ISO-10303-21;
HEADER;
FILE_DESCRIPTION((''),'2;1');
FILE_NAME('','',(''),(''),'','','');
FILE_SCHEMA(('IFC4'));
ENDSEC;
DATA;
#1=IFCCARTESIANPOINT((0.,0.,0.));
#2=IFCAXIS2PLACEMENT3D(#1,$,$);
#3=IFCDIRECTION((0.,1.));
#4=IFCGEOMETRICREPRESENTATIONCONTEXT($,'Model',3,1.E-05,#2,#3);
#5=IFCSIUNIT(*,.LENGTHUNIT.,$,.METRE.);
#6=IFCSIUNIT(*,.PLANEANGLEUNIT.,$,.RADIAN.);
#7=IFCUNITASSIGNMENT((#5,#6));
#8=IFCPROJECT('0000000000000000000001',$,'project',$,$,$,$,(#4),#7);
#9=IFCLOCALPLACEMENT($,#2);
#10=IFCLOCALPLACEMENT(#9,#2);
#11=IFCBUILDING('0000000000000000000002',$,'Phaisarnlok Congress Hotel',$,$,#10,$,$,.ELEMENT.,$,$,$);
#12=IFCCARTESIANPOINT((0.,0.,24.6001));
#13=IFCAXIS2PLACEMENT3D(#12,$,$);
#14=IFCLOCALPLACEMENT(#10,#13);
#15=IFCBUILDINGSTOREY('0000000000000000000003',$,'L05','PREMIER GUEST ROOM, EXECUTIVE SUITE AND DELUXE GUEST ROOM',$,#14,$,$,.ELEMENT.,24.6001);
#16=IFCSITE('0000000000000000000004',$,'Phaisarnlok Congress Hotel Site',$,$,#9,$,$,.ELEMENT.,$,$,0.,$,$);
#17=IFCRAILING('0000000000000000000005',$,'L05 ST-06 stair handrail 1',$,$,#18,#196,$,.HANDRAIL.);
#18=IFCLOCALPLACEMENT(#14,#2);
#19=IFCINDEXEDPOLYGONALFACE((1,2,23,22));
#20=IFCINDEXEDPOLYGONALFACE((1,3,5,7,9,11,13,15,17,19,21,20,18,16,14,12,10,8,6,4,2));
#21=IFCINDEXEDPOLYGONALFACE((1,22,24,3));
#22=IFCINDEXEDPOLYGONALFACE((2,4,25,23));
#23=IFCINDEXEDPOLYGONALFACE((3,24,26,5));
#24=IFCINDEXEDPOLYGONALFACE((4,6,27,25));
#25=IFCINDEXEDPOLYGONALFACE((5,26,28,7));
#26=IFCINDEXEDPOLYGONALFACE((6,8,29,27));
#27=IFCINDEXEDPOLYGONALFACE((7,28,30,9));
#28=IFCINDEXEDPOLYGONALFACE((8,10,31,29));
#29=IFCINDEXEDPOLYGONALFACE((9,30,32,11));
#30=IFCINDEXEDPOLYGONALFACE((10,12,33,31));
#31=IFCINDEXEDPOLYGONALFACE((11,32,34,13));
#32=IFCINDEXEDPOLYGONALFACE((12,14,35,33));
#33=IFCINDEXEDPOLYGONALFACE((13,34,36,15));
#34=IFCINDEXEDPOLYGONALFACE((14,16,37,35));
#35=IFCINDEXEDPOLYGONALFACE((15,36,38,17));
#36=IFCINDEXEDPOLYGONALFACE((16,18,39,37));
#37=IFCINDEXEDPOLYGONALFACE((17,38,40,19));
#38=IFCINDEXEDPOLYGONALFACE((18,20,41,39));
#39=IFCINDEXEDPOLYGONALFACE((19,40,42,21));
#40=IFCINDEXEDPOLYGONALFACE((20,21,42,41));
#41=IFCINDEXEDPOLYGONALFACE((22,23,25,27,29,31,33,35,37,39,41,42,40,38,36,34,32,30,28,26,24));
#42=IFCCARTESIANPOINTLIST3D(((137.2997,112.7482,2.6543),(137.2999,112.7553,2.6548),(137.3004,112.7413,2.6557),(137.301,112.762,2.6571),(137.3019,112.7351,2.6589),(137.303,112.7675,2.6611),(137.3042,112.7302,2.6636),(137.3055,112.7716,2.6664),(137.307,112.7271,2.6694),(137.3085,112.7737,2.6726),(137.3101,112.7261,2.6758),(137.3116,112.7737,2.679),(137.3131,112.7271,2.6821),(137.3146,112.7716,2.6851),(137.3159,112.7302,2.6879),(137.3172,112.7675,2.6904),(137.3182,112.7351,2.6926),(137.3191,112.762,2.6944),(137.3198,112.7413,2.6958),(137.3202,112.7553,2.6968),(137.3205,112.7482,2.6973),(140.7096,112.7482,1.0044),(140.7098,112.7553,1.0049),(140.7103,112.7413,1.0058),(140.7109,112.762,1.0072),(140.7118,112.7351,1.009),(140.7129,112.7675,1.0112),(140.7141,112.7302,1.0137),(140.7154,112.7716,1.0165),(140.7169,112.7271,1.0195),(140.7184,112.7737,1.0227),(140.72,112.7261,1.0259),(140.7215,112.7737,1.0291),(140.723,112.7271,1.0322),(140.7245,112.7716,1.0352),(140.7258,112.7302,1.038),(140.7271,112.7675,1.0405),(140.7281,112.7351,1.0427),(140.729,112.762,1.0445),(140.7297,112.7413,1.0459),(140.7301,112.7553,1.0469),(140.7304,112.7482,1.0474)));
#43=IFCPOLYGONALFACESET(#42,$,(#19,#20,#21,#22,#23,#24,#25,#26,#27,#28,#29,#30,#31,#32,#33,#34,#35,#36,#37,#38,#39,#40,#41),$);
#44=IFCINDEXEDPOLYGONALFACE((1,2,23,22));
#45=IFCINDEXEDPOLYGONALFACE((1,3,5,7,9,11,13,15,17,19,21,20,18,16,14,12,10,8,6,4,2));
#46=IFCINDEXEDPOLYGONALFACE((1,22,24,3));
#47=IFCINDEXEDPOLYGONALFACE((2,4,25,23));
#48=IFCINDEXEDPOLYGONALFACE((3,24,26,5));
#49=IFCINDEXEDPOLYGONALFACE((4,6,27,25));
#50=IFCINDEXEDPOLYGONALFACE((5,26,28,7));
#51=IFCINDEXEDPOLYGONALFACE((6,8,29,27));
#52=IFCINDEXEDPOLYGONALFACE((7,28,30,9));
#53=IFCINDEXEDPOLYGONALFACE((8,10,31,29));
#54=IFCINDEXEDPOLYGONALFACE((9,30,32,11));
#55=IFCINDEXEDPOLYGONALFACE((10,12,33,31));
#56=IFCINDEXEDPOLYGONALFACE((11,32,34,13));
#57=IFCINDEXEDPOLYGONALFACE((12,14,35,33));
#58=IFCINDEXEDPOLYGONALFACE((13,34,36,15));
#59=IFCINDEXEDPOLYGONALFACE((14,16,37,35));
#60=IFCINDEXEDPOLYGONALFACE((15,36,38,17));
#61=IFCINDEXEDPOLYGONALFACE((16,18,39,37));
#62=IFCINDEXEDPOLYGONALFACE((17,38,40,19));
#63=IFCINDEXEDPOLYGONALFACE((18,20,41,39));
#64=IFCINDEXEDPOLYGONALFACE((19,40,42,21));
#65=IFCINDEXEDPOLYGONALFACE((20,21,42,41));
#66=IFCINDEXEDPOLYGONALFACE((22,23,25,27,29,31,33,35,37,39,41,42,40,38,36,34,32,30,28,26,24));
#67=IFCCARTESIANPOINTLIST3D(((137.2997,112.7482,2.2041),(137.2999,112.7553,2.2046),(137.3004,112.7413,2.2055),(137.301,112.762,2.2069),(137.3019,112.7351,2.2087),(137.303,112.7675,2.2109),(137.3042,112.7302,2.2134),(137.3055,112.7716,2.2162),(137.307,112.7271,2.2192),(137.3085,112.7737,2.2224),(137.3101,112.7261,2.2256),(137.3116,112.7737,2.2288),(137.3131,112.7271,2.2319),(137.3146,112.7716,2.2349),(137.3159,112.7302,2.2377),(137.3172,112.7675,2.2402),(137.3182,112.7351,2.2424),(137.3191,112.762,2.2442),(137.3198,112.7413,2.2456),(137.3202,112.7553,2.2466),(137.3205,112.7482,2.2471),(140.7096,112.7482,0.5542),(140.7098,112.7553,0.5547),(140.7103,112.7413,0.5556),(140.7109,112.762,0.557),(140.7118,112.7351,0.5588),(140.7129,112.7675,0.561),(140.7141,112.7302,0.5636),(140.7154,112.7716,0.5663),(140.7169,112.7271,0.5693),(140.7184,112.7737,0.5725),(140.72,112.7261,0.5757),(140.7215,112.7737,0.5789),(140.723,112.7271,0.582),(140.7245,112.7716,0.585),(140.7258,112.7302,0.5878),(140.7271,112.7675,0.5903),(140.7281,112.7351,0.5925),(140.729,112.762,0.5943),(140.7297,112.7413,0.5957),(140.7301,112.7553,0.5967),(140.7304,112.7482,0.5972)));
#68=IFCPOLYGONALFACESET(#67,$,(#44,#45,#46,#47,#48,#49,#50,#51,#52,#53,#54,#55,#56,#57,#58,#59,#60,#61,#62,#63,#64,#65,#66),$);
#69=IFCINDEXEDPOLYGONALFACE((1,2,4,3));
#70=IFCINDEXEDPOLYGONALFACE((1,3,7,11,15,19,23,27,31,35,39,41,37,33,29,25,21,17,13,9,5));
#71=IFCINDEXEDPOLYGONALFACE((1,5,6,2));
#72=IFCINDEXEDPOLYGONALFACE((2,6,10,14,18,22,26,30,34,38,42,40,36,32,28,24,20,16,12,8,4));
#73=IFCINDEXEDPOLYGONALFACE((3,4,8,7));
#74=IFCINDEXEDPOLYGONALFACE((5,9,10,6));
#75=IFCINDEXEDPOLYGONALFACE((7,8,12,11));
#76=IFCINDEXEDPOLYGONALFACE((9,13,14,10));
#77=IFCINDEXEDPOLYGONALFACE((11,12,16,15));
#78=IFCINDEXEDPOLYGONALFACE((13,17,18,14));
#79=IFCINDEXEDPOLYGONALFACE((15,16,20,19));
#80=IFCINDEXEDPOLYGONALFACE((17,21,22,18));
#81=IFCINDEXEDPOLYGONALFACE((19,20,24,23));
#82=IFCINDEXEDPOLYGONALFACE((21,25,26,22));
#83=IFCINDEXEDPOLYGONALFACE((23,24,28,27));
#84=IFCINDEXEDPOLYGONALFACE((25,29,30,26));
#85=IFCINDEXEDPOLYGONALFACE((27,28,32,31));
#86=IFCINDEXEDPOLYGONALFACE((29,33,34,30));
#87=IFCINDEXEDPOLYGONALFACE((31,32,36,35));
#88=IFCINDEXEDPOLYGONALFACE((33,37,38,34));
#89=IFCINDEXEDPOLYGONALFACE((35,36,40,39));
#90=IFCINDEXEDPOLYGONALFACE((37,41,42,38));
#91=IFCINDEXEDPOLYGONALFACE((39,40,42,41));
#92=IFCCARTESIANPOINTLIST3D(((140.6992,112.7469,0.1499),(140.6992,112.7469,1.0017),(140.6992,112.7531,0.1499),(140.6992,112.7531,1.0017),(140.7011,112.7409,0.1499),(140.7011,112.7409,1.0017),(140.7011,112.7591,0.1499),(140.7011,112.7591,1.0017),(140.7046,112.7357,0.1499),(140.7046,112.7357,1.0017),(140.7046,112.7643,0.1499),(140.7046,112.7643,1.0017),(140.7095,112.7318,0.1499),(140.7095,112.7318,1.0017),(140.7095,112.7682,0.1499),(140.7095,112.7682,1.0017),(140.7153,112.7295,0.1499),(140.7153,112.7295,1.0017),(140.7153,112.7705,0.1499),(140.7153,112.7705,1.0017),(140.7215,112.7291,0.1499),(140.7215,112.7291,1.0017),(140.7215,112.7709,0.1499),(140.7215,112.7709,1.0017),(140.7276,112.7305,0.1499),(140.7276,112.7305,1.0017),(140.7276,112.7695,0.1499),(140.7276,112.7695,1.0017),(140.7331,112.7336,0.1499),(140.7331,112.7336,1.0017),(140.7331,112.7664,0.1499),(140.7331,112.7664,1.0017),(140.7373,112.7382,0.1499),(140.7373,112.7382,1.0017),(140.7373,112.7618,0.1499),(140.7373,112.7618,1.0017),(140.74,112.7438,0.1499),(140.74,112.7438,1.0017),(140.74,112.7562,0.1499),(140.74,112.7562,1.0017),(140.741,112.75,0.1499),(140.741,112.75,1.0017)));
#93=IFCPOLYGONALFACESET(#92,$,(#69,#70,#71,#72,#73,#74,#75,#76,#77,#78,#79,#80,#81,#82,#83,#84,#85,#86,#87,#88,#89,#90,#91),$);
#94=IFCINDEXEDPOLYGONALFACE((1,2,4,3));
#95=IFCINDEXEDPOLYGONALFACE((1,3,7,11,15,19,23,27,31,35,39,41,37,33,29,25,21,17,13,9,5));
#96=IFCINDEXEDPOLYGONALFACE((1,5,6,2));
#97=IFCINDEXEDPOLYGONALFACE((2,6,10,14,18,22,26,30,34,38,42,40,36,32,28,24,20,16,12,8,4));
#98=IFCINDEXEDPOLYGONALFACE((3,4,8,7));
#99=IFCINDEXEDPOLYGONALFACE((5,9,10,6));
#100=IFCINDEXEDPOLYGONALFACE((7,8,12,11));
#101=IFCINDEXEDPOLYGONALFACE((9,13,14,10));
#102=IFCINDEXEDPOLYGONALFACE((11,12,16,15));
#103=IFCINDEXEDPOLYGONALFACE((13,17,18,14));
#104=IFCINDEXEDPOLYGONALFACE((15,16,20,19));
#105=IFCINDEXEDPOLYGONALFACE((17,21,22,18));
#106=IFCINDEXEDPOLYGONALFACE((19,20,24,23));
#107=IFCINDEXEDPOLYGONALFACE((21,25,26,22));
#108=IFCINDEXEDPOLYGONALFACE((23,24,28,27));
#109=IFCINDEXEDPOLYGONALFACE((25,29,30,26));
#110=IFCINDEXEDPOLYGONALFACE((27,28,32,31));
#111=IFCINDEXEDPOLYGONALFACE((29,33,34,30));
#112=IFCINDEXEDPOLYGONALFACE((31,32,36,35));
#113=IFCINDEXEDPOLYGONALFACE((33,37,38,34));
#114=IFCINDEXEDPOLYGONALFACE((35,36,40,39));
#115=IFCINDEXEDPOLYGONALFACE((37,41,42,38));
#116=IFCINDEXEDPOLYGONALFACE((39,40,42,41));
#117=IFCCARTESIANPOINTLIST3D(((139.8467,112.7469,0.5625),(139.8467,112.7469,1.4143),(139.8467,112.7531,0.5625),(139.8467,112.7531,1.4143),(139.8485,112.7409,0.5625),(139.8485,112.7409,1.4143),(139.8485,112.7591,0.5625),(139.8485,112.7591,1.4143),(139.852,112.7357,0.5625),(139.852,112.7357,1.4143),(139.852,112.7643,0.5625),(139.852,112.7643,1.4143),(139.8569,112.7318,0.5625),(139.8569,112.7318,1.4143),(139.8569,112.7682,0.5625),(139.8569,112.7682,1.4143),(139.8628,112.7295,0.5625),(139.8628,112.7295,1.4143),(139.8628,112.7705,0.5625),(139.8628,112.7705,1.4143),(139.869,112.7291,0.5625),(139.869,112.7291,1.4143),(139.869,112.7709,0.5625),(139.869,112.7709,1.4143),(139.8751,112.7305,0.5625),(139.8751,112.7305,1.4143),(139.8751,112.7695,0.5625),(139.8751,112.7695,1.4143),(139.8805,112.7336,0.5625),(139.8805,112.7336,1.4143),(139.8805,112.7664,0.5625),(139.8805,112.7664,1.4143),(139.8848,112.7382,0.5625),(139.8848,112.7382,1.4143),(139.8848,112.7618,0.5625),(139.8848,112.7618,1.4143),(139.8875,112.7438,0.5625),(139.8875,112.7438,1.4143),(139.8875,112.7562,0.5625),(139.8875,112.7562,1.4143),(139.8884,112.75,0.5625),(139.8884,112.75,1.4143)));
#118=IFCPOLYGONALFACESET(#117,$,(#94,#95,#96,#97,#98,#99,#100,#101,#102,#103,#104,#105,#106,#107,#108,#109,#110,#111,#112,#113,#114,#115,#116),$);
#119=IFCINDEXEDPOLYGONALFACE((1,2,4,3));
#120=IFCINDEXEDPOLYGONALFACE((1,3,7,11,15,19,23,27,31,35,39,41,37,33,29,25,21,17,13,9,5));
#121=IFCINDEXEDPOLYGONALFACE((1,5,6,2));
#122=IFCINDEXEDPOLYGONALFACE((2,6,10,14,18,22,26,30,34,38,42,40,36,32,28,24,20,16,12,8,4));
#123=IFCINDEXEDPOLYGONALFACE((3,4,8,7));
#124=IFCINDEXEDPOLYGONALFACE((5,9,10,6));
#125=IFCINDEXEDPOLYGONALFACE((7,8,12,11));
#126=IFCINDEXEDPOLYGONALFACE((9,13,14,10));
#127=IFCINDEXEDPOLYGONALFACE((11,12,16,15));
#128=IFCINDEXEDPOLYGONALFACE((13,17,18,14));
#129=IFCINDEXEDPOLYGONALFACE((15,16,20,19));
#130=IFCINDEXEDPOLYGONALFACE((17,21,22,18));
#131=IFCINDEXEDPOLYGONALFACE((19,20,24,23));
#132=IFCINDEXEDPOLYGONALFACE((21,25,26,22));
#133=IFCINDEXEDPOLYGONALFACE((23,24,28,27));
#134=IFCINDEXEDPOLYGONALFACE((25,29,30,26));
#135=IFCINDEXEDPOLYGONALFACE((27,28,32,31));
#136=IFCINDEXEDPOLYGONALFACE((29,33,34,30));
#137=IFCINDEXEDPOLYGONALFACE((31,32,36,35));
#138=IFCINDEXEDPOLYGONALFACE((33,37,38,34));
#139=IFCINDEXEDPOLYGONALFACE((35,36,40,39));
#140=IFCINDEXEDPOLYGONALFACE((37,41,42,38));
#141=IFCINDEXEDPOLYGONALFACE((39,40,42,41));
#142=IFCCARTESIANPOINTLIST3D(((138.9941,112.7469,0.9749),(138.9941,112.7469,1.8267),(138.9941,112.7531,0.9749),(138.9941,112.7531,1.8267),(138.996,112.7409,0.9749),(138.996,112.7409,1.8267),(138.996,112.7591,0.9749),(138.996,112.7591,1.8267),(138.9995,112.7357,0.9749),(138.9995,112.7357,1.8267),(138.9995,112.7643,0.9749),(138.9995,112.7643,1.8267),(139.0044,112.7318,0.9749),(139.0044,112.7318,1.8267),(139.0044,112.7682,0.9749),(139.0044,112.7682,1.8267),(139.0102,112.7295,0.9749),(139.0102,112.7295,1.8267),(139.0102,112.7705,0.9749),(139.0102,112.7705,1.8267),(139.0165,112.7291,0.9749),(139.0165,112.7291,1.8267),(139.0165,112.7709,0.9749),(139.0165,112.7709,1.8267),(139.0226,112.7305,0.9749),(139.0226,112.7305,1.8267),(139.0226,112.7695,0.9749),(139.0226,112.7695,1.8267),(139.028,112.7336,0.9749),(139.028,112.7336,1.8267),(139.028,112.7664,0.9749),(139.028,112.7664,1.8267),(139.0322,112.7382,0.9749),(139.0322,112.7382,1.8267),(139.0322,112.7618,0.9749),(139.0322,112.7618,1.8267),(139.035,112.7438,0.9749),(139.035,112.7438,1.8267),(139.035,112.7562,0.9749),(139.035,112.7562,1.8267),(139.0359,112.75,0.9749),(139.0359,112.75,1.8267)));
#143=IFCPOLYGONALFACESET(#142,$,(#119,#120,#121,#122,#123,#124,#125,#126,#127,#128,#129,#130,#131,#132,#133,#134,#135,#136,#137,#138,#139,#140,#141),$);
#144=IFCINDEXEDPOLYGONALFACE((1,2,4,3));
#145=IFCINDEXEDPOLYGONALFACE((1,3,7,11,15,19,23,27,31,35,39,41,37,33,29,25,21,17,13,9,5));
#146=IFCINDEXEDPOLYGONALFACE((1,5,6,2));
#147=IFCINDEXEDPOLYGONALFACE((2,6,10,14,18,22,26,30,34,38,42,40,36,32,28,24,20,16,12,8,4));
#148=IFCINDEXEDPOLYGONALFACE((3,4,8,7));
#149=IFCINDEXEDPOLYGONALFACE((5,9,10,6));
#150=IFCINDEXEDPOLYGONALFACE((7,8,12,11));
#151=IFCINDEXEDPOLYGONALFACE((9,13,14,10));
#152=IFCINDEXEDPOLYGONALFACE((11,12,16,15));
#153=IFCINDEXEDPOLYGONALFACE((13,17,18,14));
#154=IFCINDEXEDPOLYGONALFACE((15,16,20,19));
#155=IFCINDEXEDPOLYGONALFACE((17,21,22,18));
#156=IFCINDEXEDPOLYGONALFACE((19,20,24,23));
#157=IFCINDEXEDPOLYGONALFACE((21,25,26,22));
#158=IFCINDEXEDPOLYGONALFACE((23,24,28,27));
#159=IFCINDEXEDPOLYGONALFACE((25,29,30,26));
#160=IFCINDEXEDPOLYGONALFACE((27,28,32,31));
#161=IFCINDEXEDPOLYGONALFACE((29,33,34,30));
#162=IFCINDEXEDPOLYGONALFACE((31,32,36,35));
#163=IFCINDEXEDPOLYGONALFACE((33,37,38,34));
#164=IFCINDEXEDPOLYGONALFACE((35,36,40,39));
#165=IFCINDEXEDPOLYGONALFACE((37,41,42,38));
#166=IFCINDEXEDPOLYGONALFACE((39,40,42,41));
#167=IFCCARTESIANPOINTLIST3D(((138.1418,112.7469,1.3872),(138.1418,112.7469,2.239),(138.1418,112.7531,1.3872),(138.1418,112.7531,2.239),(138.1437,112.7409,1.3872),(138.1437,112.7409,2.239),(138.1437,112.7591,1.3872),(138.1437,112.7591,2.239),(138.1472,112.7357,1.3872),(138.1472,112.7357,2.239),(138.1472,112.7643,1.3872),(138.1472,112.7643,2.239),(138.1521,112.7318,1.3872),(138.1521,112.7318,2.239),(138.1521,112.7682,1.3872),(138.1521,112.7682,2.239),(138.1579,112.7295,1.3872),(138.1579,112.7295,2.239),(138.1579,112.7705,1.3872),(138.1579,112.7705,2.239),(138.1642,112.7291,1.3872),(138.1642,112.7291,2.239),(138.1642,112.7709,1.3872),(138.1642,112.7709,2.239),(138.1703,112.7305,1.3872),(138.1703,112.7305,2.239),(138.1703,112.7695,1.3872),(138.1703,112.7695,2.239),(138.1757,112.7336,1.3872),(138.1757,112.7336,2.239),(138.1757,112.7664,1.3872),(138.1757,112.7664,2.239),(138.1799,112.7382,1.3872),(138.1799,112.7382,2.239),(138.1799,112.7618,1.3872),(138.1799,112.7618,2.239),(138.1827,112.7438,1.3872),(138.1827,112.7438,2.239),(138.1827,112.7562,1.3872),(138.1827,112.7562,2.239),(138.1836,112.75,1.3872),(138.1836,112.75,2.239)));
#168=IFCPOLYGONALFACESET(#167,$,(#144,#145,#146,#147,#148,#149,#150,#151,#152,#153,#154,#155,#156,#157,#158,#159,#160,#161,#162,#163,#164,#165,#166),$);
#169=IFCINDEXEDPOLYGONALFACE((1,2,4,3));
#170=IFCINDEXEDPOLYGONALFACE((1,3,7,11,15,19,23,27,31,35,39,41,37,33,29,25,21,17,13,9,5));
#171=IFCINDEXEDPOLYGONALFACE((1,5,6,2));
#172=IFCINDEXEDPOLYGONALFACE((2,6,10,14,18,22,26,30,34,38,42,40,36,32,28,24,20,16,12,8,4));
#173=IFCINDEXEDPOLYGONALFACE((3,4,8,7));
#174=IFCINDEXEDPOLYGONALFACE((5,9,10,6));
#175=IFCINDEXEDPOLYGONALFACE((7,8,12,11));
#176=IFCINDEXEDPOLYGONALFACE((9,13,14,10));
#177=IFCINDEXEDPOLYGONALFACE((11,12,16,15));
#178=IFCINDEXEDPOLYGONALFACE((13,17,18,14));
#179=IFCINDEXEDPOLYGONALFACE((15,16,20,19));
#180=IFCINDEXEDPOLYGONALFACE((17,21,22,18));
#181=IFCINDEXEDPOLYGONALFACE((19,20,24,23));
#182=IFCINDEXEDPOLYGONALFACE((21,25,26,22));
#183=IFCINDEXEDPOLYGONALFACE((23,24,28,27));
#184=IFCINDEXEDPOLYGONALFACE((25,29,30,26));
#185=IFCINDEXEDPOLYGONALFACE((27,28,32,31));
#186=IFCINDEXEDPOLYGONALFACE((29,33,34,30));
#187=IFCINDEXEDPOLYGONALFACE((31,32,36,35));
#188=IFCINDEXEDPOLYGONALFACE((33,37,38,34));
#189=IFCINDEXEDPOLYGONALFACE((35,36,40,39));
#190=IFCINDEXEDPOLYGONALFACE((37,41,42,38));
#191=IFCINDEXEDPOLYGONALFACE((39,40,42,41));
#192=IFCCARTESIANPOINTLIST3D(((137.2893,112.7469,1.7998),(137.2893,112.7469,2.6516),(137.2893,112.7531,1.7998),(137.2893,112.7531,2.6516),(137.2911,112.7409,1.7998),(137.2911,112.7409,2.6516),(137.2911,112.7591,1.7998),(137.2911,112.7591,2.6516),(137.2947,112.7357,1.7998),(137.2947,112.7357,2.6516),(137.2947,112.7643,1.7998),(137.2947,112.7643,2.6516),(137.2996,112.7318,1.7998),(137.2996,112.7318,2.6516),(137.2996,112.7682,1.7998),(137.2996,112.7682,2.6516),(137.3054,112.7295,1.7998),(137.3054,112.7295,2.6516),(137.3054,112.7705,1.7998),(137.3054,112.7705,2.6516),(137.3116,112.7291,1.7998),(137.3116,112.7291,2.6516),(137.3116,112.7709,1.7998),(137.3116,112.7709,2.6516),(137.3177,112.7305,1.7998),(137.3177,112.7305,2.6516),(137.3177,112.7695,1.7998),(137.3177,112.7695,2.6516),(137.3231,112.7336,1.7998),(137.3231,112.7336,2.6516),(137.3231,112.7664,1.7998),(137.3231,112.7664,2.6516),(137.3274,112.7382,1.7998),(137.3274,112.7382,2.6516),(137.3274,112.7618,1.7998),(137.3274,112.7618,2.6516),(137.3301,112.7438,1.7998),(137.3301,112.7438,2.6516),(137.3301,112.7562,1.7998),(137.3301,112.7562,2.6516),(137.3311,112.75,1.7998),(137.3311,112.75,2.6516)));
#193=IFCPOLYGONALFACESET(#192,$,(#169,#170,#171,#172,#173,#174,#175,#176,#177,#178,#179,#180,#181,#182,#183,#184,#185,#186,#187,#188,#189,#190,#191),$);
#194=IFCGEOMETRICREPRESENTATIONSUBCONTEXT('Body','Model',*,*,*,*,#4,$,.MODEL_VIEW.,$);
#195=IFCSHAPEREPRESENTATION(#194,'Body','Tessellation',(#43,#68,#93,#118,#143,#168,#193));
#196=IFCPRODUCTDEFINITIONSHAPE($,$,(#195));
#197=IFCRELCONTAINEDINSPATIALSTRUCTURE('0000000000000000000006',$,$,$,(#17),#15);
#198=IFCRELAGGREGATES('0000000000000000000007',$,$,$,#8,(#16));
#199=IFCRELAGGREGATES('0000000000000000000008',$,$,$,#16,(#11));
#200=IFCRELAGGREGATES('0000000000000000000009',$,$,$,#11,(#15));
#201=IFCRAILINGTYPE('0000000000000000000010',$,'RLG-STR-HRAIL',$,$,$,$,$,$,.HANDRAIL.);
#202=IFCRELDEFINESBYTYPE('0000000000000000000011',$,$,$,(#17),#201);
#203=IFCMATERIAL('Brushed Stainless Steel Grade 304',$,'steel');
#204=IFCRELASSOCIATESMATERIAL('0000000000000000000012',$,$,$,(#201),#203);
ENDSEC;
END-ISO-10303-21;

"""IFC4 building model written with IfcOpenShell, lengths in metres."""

from ifc_helpers import new_model, si_unit, direction, frame, origin, origin_2d, place, context, subcontext, project, spatial, circle, extrude, material, type_object, element, save


model = new_model("IFC4")

# Units and contexts
model_context = context("Model", 3, precision=1e-05, world=origin(), true_north=direction((0.0, 1.0)))
body_context = subcontext(model_context, "Body", "Model", "MODEL_VIEW")
ifc_project = project(units=[si_unit("LENGTHUNIT", "METRE"), si_unit("PLANEANGLEUNIT", "RADIAN")], contexts=[model_context])

# Site, building, storey
site_placement = place(None, origin())
site = spatial("IfcSite", under=ifc_project, at=site_placement, Name="Phaisarnlok Congress Hotel Site", CompositionType="ELEMENT", RefElevation=0.0)
building_placement = place(site_placement, origin())
building = spatial("IfcBuilding", under=site, at=building_placement, Name="Phaisarnlok Congress Hotel", CompositionType="ELEMENT")
storey_placement = place(building_placement, frame((0.0, 0.0, 24.6001)))
storey = spatial("IfcBuildingStorey", under=building, at=storey_placement, Name="L05", Description="PREMIER GUEST ROOM, EXECUTIVE SUITE AND DELUXE GUEST ROOM", CompositionType="ELEMENT", Elevation=24.6001)

# Shared definitions
ifc_material_1 = material(Name="Brushed Stainless Steel Grade 304", Category="steel")

# Railing
railing_type_1 = type_object("IfcRailingType", Name="RLG-STR-HRAIL", PredefinedType="HANDRAIL", material=ifc_material_1)
railing_1_placement = place(storey_placement, frame((140.72, 112.75, 0.1499)))
element("IfcRailing", 1, at=railing_1_placement, inside=storey, type_object=railing_type_1, Name="L05 ST-06 stair handrail 1", PredefinedType="HANDRAIL", context=body_context, shape_type="SweptSolid", body=[
    extrude(circle(Radius=0.0239, at=origin_2d()), frame((0.0, 0.0, 0.876), z_axis=(-0.900165, 0.0, 0.435549), x_axis=(0.0, -1.0, 0.0)), (0.0, 0.0, 1.0), 3.7881),
    extrude(circle(Radius=0.0239, at=origin_2d()), frame((0.0, 0.0, 0.4258), z_axis=(-0.900165, 0.0, 0.435549), x_axis=(0.0, -1.0, 0.0)), (0.0, 0.0, 1.0), 3.7881),
    extrude(circle(Radius=0.021, at=origin_2d()), origin(), (0.0, 0.0, 1.0), 0.8518),
    extrude(circle(Radius=0.021, at=origin_2d()), frame((-0.8525, 0.0, 0.4126)), (0.0, 0.0, 1.0), 0.8518),
    extrude(circle(Radius=0.021, at=origin_2d()), frame((-1.7051, 0.0, 0.825)), (0.0, 0.0, 1.0), 0.8518),
    extrude(circle(Radius=0.021, at=origin_2d()), frame((-2.5574, 0.0, 1.2373)), (0.0, 0.0, 1.0), 0.8518),
    extrude(circle(Radius=0.021, at=origin_2d()), frame((-3.4099, 0.0, 1.6499)), (0.0, 0.0, 1.0), 0.8518),
])

save(model, "model.ifc")
